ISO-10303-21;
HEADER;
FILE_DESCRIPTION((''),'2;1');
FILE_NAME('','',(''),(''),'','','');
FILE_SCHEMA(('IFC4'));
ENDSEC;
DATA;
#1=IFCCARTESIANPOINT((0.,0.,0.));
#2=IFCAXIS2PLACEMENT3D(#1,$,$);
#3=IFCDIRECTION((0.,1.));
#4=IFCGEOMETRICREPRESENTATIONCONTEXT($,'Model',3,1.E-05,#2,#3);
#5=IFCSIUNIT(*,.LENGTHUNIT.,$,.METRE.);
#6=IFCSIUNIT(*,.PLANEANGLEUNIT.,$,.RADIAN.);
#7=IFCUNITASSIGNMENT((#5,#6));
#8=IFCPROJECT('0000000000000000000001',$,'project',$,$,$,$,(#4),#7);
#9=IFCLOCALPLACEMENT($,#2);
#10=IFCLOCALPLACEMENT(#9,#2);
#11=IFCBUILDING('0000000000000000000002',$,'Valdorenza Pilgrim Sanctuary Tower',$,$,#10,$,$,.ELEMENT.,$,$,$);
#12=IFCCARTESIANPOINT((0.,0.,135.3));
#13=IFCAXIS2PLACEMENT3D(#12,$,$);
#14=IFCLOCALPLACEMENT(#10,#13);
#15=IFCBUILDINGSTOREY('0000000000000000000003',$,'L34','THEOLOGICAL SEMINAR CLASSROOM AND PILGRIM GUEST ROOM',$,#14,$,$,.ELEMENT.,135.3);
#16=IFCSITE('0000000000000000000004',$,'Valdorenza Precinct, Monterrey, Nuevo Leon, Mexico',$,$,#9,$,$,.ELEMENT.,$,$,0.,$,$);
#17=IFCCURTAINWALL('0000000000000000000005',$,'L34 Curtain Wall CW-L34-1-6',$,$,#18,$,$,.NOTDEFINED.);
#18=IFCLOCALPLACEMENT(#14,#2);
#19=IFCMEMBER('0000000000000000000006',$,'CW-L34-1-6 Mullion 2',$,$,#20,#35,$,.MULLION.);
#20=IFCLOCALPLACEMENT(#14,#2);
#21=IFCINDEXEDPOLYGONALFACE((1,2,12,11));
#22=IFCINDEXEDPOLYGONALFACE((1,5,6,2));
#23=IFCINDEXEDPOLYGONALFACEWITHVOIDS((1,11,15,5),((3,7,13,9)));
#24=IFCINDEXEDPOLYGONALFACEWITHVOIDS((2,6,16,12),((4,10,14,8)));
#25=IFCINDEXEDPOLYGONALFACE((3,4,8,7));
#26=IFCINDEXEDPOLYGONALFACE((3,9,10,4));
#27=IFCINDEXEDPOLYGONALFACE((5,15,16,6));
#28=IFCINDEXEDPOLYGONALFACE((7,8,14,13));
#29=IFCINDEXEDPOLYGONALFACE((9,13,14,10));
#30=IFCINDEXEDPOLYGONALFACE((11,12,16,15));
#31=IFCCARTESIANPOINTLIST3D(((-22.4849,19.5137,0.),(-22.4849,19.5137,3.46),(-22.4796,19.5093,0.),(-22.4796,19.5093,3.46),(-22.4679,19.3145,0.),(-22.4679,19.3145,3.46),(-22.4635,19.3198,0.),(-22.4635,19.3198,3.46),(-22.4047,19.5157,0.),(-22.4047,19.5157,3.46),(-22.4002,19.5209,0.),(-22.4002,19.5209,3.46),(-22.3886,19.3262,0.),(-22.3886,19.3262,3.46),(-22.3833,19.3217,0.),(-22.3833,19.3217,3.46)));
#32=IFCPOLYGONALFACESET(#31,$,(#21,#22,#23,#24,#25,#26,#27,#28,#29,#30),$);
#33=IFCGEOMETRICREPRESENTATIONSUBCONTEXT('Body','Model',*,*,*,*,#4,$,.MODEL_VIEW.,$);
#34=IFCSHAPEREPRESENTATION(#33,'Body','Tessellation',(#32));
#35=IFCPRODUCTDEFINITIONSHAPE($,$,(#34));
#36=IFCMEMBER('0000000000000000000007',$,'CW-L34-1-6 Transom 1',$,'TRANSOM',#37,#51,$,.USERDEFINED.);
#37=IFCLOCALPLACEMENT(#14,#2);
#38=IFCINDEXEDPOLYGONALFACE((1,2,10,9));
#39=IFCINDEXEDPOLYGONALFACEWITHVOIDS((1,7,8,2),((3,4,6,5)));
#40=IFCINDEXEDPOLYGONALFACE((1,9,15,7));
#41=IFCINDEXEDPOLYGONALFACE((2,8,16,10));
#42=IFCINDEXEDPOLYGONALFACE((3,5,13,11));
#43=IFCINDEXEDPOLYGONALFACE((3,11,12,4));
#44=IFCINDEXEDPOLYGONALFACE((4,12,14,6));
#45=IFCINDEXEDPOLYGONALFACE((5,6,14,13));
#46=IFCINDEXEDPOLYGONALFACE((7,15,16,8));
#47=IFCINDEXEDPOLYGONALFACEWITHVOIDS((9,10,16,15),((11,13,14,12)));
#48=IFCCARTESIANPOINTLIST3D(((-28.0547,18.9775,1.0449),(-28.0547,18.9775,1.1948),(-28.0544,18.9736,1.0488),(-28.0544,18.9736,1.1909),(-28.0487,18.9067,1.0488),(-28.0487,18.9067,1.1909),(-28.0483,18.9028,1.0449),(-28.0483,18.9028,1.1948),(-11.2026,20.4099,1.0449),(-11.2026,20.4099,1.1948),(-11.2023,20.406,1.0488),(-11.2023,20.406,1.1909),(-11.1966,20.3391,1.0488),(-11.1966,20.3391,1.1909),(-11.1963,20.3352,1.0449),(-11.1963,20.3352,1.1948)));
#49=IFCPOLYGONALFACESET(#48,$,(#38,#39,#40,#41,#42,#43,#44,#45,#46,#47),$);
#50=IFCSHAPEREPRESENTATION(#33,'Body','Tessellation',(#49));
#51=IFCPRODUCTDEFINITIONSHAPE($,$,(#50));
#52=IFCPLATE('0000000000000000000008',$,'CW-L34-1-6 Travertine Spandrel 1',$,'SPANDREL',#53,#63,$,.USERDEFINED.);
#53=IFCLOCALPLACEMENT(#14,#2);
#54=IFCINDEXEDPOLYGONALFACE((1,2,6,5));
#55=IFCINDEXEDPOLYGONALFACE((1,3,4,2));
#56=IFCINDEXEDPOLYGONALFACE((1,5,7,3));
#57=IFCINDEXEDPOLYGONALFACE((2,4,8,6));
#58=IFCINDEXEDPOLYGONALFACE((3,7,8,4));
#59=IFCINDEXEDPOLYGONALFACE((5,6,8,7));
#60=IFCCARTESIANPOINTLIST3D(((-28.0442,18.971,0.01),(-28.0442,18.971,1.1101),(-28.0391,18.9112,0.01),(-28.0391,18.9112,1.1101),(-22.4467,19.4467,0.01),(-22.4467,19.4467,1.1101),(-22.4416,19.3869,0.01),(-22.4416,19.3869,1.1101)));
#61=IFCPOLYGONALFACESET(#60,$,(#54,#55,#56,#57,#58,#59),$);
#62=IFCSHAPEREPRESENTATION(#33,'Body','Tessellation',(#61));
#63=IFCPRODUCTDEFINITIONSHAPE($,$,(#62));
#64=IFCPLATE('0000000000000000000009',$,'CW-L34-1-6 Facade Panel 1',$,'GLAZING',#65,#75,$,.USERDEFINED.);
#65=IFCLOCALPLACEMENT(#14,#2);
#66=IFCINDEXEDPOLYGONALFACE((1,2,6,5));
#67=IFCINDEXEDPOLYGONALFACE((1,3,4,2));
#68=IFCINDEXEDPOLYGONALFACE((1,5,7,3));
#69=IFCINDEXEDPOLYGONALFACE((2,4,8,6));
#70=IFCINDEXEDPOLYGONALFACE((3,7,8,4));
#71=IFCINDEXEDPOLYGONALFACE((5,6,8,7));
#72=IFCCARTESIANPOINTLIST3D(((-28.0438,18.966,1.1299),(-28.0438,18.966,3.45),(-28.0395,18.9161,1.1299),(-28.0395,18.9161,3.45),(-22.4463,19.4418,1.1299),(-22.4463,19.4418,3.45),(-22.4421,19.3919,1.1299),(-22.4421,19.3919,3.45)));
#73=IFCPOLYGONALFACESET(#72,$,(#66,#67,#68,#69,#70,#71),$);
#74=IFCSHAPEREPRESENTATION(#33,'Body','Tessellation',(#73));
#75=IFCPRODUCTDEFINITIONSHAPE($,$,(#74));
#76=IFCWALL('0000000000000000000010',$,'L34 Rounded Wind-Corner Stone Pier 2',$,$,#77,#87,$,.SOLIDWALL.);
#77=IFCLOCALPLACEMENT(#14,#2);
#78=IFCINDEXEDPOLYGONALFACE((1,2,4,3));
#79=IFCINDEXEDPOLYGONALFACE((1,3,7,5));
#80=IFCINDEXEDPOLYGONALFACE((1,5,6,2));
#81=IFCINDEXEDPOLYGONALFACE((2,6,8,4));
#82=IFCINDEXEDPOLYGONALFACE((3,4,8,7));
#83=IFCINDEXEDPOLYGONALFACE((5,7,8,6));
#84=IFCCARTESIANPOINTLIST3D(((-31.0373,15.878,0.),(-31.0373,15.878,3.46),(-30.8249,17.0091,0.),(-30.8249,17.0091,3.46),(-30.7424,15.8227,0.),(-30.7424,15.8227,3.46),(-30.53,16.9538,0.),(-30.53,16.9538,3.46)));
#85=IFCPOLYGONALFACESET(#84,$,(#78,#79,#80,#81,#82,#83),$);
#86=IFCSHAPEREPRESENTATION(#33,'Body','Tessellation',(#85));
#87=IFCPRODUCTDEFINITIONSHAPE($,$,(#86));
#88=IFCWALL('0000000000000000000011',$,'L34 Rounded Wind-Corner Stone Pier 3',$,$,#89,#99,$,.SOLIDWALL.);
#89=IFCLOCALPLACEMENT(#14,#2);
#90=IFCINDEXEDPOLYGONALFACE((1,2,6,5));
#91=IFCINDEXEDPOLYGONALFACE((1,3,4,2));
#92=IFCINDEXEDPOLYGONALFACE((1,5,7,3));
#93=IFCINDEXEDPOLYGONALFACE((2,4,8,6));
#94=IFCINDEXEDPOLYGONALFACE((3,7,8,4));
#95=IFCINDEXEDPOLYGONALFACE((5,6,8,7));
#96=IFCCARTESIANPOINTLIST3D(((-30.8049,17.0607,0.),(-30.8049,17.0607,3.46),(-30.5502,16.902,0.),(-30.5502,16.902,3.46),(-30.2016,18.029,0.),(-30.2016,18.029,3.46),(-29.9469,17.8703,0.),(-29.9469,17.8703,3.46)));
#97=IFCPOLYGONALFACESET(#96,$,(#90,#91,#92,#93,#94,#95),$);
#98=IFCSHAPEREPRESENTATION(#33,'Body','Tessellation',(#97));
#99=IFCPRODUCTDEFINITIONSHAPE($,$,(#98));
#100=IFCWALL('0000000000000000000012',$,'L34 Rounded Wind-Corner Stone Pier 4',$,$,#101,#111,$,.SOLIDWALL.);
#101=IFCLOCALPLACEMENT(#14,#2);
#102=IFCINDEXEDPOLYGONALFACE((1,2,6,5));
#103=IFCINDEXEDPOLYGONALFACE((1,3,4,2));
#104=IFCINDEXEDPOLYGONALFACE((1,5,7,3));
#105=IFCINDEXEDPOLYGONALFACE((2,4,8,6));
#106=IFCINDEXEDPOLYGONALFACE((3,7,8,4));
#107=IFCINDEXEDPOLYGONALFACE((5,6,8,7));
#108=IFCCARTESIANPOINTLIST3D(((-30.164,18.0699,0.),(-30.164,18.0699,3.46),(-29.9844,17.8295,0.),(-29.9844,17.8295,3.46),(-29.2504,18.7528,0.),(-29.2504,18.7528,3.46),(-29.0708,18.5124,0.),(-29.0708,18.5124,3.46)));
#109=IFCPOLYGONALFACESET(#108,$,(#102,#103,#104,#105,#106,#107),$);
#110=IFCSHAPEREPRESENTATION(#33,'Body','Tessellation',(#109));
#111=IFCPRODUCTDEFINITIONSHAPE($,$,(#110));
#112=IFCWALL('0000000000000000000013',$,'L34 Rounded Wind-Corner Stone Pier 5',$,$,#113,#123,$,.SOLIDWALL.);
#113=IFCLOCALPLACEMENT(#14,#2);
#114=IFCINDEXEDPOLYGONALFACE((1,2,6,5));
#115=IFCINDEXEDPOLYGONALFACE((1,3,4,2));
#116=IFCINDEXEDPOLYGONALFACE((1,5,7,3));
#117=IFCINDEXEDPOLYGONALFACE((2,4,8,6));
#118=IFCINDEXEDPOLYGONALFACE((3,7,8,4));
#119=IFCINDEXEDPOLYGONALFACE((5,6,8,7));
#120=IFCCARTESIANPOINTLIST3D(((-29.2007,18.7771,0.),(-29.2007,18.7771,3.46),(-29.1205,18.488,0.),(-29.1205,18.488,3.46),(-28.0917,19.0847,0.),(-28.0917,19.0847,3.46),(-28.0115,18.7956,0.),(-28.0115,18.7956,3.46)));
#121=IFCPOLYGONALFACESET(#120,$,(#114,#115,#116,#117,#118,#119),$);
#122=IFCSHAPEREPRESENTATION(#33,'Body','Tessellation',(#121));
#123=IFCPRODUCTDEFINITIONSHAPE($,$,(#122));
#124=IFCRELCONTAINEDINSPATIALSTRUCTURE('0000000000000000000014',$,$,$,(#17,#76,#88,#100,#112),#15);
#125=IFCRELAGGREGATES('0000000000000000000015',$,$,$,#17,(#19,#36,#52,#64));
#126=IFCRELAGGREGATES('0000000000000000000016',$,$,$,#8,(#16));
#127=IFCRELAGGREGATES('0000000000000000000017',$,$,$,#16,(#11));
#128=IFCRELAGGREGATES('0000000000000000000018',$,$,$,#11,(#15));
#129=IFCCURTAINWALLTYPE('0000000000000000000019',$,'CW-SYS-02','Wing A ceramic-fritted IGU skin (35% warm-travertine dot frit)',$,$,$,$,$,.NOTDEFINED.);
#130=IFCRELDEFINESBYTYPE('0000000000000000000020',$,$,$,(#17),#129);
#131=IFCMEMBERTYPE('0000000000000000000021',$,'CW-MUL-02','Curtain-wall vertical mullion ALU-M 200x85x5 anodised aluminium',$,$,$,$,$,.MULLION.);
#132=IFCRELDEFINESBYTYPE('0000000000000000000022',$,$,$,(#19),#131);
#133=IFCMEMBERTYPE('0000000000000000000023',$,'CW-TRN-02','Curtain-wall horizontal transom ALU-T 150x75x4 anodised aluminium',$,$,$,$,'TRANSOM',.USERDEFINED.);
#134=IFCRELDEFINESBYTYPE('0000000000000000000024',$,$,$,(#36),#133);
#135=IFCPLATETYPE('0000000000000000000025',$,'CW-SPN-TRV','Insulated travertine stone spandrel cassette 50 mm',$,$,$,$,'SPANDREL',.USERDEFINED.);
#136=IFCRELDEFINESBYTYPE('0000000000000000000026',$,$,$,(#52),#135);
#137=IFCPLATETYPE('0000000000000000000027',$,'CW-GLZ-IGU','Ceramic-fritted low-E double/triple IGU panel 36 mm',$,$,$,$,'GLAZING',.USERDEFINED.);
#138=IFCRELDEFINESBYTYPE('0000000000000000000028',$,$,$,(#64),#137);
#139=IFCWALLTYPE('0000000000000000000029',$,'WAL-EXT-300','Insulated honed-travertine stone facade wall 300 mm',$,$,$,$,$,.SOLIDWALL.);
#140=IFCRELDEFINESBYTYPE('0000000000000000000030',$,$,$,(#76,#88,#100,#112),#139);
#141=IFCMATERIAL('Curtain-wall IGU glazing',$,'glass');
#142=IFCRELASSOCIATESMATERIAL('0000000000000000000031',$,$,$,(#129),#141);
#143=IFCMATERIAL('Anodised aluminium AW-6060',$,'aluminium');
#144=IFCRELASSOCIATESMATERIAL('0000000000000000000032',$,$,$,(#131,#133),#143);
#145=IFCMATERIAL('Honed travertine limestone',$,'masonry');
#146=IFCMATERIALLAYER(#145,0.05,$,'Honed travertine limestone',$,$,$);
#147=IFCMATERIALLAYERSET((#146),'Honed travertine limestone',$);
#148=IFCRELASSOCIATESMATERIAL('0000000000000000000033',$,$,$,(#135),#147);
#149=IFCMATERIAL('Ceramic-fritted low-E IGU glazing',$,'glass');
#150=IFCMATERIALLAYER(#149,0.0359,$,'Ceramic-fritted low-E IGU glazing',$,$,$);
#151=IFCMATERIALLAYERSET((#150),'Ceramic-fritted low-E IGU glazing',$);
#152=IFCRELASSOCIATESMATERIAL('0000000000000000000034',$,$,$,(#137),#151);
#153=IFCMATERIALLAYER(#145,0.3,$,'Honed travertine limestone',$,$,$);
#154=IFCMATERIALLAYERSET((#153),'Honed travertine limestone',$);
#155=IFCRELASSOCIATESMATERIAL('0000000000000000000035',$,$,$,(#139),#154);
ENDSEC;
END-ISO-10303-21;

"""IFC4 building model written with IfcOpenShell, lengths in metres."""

from ifc_helpers import new_model, si_unit, direction, frame, frame_2d, origin, origin_2d, place, context, subcontext, project, spatial, rectangle, hollow_rectangle, extrude, source, transform, mapped, material, layer, layer_set, material_profile, profile_set, type_object, element, aggregate, save


model = new_model("IFC4")

# Units and contexts
model_context = context("Model", 3, precision=1e-05, world=origin(), true_north=direction((0.0, 1.0)))
body_context = subcontext(model_context, "Body", "Model", "MODEL_VIEW")
ifc_project = project(units=[si_unit("LENGTHUNIT", "METRE"), si_unit("PLANEANGLEUNIT", "RADIAN")], contexts=[model_context])

# Site, building, storey
site_placement = place(None, origin())
site = spatial("IfcSite", under=ifc_project, at=site_placement, Name="Valdorenza Precinct, Monterrey, Nuevo Leon, Mexico", CompositionType="ELEMENT", RefElevation=0.0)
building_placement = place(site_placement, origin())
building = spatial("IfcBuilding", under=site, at=building_placement, Name="Valdorenza Pilgrim Sanctuary Tower", CompositionType="ELEMENT")
storey_placement = place(building_placement, frame((0.0, 0.0, 135.3)))
storey = spatial("IfcBuildingStorey", under=building, at=storey_placement, Name="L34", Description="THEOLOGICAL SEMINAR CLASSROOM AND PILGRIM GUEST ROOM", CompositionType="ELEMENT", Elevation=135.3)

# Shared definitions
ifc_material_1 = material(Name="Curtain-wall IGU glazing", Category="glass")
curtain_wall_type = type_object("IfcCurtainWallType", Name="CW-SYS-02", Description="Wing A ceramic-fritted IGU skin (35% warm-travertine dot frit)", PredefinedType="NOTDEFINED", material=ifc_material_1)
ifc_material_2 = material(Name="Anodised aluminium AW-6060", Category="aluminium")
ifc_material_profile_1 = material_profile(ifc_material_2, hollow_rectangle(XDim=0.085, YDim=0.2, WallThickness=0.0049, at=origin_2d()), Name="ALU-M 200x85x5")
ifc_profile_set_1 = profile_set([ifc_material_profile_1], Name="Anodised aluminium AW-6060")
member_type_1 = type_object("IfcMemberType", Name="CW-MUL-02", Description="Curtain-wall vertical mullion ALU-M 200x85x5 anodised aluminium", PredefinedType="MULLION", material=ifc_profile_set_1)
shared_shape_1 = source(origin(), body_context, "Body", "SweptSolid", [
    extrude(hollow_rectangle(XDim=0.085, YDim=0.2, WallThickness=0.0049, at=origin_2d()), origin(), (0.0, 0.0, 1.0), 3.46),
])

# Curtain wall, members, plates
curtain_wall_1_placement = place(storey_placement, origin())
curtain_wall_1 = element("IfcCurtainWall", 1, at=curtain_wall_1_placement, inside=storey, type_object=curtain_wall_type, Name="L34 Curtain Wall CW-L34-1-6", PredefinedType="NOTDEFINED")
member_1_placement = place(storey_placement, frame((-22.4341, 19.4177, 0.0), z_axis=(0.0, 0.0, 1.0), x_axis=(0.996408, 0.084687, 0.0)))
member_1 = element("IfcMember", 2, at=member_1_placement, type_object=member_type_1, Name="CW-L34-1-6 Mullion 2", PredefinedType="MULLION", context=body_context, shape_type="MappedRepresentation", body=[
    mapped(shared_shape_1, transform((0.0, 0.0, 0.0), x_axis=(1.0, 0.0, 0.0), y_axis=(0.0, 1.0, 0.0), z_axis=(0.0, 0.0, 1.0), scale=1.0)),
])
ifc_material_profile_2 = material_profile(ifc_material_2, hollow_rectangle(XDim=0.075, YDim=0.1499, WallThickness=0.0039, at=origin_2d()), Name="ALU-T 150x75x4")
ifc_profile_set_2 = profile_set([ifc_material_profile_2], Name="Anodised aluminium AW-6060")
member_type_2 = type_object("IfcMemberType", Name="CW-TRN-02", Description="Curtain-wall horizontal transom ALU-T 150x75x4 anodised aluminium", ElementType="TRANSOM", PredefinedType="USERDEFINED", material=ifc_profile_set_2)
shared_shape_2 = source(origin(), body_context, "Body", "SweptSolid", [
    extrude(hollow_rectangle(XDim=0.075, YDim=0.1499, WallThickness=0.0039, at=origin_2d()), origin(), (0.0, 0.0, 1.0), 16.9128),
])
member_2_placement = place(storey_placement, frame((-28.0515, 18.9402, 1.1199), z_axis=(0.996407, 0.084692, 0.0), x_axis=(-0.084692, 0.996407, 0.0)))
member_2 = element("IfcMember", 3, at=member_2_placement, type_object=member_type_2, Name="CW-L34-1-6 Transom 1", ObjectType="TRANSOM", PredefinedType="USERDEFINED", context=body_context, shape_type="MappedRepresentation", body=[
    mapped(shared_shape_2, transform((0.0, 0.0, 0.0), x_axis=(1.0, 0.0, 0.0), y_axis=(0.0, 1.0, 0.0), z_axis=(0.0, 0.0, 1.0), scale=1.0)),
])
ifc_material_3 = material(Name="Honed travertine limestone", Category="masonry")
ifc_layer_1 = layer(ifc_material_3, 0.05, Name="Honed travertine limestone")
ifc_layer_set_1 = layer_set([ifc_layer_1], Name="Honed travertine limestone")
plate_type_1 = type_object("IfcPlateType", Name="CW-SPN-TRV", Description="Insulated travertine stone spandrel cassette 50 mm", ElementType="SPANDREL", PredefinedType="USERDEFINED", material=ifc_layer_set_1)
shared_shape_3 = source(origin(), body_context, "Body", "SweptSolid", [
    extrude(rectangle(XDim=5.6177, YDim=0.0601, at=origin_2d()), origin(), (0.0, 0.0, 1.0), 1.1001),
])
plate_1_placement = place(storey_placement, frame((-25.2429, 19.179, 0.01), z_axis=(0.0, 0.0, 1.0), x_axis=(0.996408, 0.084687, 0.0)))
plate_1 = element("IfcPlate", 4, at=plate_1_placement, type_object=plate_type_1, Name="CW-L34-1-6 Travertine Spandrel 1", ObjectType="SPANDREL", PredefinedType="USERDEFINED", context=body_context, shape_type="MappedRepresentation", body=[
    mapped(shared_shape_3, transform((0.0, 0.0, 0.0), x_axis=(1.0, 0.0, 0.0), y_axis=(0.0, 1.0, 0.0), z_axis=(0.0, 0.0, 1.0), scale=1.0)),
])
ifc_material_4 = material(Name="Ceramic-fritted low-E IGU glazing", Category="glass")
ifc_layer_2 = layer(ifc_material_4, 0.0359, Name="Ceramic-fritted low-E IGU glazing")
ifc_layer_set_2 = layer_set([ifc_layer_2], Name="Ceramic-fritted low-E IGU glazing")
plate_type_2 = type_object("IfcPlateType", Name="CW-GLZ-IGU", Description="Ceramic-fritted low-E double/triple IGU panel 36 mm", ElementType="GLAZING", PredefinedType="USERDEFINED", material=ifc_layer_set_2)
shared_shape_4 = source(origin(), body_context, "Body", "SweptSolid", [
    extrude(rectangle(XDim=5.6177, YDim=0.05, at=origin_2d()), origin(), (0.0, 0.0, 1.0), 2.3201),
])
plate_2_placement = place(storey_placement, frame((-25.2429, 19.179, 1.1299), z_axis=(0.0, 0.0, 1.0), x_axis=(0.996408, 0.084687, 0.0)))
plate_2 = element("IfcPlate", 5, at=plate_2_placement, type_object=plate_type_2, Name="CW-L34-1-6 Facade Panel 1", ObjectType="GLAZING", PredefinedType="USERDEFINED", context=body_context, shape_type="MappedRepresentation", body=[
    mapped(shared_shape_4, transform((0.0, 0.0, 0.0), x_axis=(1.0, 0.0, 0.0), y_axis=(0.0, 1.0, 0.0), z_axis=(0.0, 0.0, 1.0), scale=1.0)),
])
aggregate(curtain_wall_1, [member_1, member_2, plate_1, plate_2])

# Walls
ifc_layer_3 = layer(ifc_material_3, 0.3, Name="Honed travertine limestone")
ifc_layer_set_3 = layer_set([ifc_layer_3], Name="Honed travertine limestone")
wall_type = type_object("IfcWallType", Name="WAL-EXT-300", Description="Insulated honed-travertine stone facade wall 300 mm", PredefinedType="SOLIDWALL", material=ifc_layer_set_3)
wall_1_placement = place(storey_placement, frame((-30.8899, 15.8503, 0.0), z_axis=(0.0, 0.0, 1.0), x_axis=(0.184557, 0.982822, 0.0)))
element("IfcWall", 6, at=wall_1_placement, inside=storey, type_object=wall_type, Name="L34 Rounded Wind-Corner Stone Pier 2", PredefinedType="SOLIDWALL", context=body_context, shape_type="SweptSolid", body=[
    extrude(rectangle(XDim=1.1509, YDim=0.3, at=frame_2d((0.5754, 0.0))), origin(), (0.0, 0.0, 1.0), 3.46),
])
wall_2_placement = place(storey_placement, frame((-30.6775, 16.9814, 0.0), z_axis=(0.0, 0.0, 1.0), x_axis=(0.528806, 0.848743, 0.0)))
element("IfcWall", 7, at=wall_2_placement, inside=storey, type_object=wall_type, Name="L34 Rounded Wind-Corner Stone Pier 3", PredefinedType="SOLIDWALL", context=body_context, shape_type="SweptSolid", body=[
    extrude(rectangle(XDim=1.1409, YDim=0.3, at=frame_2d((0.5703, 0.0))), origin(), (0.0, 0.0, 1.0), 3.46),
])
wall_3_placement = place(storey_placement, frame((-30.0742, 17.9497, 0.0), z_axis=(0.0, 0.0, 1.0), x_axis=(0.800975, 0.598698, 0.0)))
element("IfcWall", 8, at=wall_3_placement, inside=storey, type_object=wall_type, Name="L34 Rounded Wind-Corner Stone Pier 4", PredefinedType="SOLIDWALL", context=body_context, shape_type="SweptSolid", body=[
    extrude(rectangle(XDim=1.1406, YDim=0.3, at=frame_2d((0.5703, 0.0))), origin(), (0.0, 0.0, 1.0), 3.46),
])
wall_4_placement = place(storey_placement, frame((-29.1606, 18.6326, 0.0), z_axis=(0.0, 0.0, 1.0), x_axis=(0.963624, 0.267261, 0.0)))
element("IfcWall", 9, at=wall_4_placement, inside=storey, type_object=wall_type, Name="L34 Rounded Wind-Corner Stone Pier 5", PredefinedType="SOLIDWALL", context=body_context, shape_type="SweptSolid", body=[
    extrude(rectangle(XDim=1.1509, YDim=0.3, at=frame_2d((0.5754, 0.0))), origin(), (0.0, 0.0, 1.0), 3.46),
])

save(model, "model.ifc")
